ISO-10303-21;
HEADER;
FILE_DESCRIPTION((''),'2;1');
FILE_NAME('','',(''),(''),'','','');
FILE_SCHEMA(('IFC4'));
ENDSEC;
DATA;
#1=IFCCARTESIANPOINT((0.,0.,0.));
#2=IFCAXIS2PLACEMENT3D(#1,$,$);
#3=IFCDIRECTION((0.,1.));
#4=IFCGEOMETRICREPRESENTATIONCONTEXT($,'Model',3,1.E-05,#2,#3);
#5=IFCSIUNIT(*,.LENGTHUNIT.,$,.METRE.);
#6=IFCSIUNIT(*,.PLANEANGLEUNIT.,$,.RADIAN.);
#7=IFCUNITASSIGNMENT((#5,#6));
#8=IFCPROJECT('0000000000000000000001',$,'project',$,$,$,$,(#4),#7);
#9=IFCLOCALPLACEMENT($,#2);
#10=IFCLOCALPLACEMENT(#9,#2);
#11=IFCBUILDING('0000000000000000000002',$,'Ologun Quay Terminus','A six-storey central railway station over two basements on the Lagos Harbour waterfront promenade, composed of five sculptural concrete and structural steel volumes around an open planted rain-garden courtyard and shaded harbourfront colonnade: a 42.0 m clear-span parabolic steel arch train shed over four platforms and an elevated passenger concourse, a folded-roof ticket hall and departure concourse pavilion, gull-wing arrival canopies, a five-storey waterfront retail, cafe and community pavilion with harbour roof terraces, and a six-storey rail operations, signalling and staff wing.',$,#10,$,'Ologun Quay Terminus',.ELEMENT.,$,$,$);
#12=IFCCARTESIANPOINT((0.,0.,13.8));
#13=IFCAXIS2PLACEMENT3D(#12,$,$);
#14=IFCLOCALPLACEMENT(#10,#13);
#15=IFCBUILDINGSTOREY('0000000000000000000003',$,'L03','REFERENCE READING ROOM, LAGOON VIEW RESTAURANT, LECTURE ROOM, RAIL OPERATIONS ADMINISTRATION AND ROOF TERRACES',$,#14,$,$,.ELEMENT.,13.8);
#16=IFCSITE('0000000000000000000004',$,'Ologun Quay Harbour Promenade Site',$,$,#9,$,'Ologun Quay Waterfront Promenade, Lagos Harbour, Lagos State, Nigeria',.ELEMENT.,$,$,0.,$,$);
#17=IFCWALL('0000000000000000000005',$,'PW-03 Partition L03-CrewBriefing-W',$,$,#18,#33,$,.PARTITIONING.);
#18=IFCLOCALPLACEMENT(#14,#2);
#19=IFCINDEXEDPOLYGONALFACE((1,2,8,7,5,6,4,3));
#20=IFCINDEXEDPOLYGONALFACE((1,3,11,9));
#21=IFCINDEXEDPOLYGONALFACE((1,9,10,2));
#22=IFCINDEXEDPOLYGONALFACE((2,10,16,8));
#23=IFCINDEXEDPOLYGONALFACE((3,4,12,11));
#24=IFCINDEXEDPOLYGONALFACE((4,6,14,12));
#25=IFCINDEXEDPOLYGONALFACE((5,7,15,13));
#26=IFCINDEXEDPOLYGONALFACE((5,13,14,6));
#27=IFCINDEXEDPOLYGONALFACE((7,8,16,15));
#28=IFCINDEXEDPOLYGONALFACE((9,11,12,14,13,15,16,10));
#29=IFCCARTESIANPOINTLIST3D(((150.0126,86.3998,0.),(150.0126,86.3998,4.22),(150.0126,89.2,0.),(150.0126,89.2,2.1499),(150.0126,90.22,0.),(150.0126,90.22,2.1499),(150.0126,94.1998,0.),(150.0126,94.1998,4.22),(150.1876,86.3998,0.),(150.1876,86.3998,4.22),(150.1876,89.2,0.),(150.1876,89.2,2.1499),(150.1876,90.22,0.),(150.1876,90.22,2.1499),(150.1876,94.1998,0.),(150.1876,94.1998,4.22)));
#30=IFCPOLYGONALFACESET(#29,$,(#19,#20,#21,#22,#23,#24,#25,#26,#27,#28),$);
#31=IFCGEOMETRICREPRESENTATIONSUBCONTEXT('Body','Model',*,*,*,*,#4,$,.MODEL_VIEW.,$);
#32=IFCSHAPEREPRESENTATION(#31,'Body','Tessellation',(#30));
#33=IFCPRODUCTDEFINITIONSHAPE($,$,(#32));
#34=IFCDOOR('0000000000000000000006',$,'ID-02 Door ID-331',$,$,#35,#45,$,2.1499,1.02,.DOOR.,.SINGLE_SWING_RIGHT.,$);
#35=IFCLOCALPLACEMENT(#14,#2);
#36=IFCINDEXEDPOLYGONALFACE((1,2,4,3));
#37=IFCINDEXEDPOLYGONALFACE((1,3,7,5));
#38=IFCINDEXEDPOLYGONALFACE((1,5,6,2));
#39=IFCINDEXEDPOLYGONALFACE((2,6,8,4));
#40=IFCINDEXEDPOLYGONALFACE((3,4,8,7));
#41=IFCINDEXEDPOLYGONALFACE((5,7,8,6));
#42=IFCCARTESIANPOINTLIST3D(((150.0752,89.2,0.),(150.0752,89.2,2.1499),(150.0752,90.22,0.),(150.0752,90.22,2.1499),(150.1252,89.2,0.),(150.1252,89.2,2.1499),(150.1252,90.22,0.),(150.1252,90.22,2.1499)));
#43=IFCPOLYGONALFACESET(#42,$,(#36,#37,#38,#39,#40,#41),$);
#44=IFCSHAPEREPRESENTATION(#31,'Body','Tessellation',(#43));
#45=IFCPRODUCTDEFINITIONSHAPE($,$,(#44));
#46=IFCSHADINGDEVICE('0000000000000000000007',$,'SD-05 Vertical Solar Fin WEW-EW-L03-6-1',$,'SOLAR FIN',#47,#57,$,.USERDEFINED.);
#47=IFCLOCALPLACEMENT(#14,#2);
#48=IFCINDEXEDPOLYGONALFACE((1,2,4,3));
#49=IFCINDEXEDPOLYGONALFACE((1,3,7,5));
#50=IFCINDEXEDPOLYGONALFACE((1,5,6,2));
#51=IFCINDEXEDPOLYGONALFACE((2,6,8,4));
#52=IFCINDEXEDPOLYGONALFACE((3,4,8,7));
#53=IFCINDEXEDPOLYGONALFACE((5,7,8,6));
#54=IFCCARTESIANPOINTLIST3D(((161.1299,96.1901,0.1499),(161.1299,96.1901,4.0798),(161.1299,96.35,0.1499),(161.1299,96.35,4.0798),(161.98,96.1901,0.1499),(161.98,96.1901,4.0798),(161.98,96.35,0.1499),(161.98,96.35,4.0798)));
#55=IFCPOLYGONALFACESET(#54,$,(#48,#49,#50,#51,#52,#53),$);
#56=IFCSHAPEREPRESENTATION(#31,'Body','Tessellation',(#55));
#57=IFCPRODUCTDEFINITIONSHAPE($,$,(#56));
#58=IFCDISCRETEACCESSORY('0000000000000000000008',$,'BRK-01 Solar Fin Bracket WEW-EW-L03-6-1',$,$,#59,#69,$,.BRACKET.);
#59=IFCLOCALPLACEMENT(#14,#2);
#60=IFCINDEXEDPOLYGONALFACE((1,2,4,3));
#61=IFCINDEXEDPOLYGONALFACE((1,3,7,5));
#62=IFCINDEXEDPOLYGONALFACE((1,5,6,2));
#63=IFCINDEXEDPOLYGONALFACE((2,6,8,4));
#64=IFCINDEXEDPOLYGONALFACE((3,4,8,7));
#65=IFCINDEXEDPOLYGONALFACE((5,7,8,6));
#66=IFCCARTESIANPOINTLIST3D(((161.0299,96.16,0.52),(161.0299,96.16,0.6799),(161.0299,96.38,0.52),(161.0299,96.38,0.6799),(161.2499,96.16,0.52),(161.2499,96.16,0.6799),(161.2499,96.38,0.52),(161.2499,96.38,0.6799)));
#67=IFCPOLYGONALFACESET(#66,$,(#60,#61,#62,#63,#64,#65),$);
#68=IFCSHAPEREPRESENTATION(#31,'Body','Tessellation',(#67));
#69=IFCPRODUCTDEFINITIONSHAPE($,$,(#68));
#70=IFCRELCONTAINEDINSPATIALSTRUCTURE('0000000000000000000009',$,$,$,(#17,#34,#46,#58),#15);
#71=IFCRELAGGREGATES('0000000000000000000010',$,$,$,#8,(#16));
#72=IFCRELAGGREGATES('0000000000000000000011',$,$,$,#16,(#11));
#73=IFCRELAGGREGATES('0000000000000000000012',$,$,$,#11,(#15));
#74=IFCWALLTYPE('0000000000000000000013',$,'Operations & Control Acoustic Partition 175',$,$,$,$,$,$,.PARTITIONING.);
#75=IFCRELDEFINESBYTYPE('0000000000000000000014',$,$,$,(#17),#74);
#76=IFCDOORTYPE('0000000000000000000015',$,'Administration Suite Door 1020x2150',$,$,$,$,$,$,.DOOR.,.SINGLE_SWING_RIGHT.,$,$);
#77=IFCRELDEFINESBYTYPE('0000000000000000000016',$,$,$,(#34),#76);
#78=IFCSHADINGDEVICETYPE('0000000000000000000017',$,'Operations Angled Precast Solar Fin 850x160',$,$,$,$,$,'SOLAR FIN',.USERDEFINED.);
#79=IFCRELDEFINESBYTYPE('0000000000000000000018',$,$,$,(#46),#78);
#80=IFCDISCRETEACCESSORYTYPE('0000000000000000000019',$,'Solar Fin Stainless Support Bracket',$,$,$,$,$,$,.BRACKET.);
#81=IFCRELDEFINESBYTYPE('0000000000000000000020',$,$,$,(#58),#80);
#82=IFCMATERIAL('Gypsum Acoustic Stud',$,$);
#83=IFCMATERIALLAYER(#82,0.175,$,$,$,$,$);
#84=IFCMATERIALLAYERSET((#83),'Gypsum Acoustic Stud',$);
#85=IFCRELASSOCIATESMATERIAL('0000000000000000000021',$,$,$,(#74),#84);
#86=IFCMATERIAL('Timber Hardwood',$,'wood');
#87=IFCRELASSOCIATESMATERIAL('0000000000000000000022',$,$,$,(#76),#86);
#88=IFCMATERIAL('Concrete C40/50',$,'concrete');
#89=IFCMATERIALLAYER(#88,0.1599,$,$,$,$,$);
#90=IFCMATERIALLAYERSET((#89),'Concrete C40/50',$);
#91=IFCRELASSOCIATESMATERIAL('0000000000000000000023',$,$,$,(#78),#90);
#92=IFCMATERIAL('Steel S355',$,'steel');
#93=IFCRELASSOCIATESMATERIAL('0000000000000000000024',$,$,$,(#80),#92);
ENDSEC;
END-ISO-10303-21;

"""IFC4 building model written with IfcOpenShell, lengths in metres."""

from ifc_helpers import new_model, si_unit, direction, frame, frame_2d, origin, origin_2d, place, context, subcontext, project, spatial, rectangle, extrude, material, layer, layer_set, type_object, element, fill, save


model = new_model("IFC4")

# Units and contexts
model_context = context("Model", 3, precision=1e-05, world=origin(), true_north=direction((0.0, 1.0)))
body_context = subcontext(model_context, "Body", "Model", "MODEL_VIEW")
ifc_project = project(units=[si_unit("LENGTHUNIT", "METRE"), si_unit("PLANEANGLEUNIT", "RADIAN")], contexts=[model_context])

# Site, building, storey
site_placement = place(None, origin())
site = spatial("IfcSite", under=ifc_project, at=site_placement, Name="Ologun Quay Harbour Promenade Site", LongName="Ologun Quay Waterfront Promenade, Lagos Harbour, Lagos State, Nigeria", CompositionType="ELEMENT", RefElevation=0.0)
building_placement = place(site_placement, origin())
building = spatial("IfcBuilding", under=site, at=building_placement, Name="Ologun Quay Terminus", Description="A six-storey central railway station over two basements on the Lagos Harbour waterfront promenade, composed of five sculptural concrete and structural steel volumes around an open planted rain-garden courtyard and shaded harbourfront colonnade: a 42.0 m clear-span parabolic steel arch train shed over four platforms and an elevated passenger concourse, a folded-roof ticket hall and departure concourse pavilion, gull-wing arrival canopies, a five-storey waterfront retail, cafe and community pavilion with harbour roof terraces, and a six-storey rail operations, signalling and staff wing.", LongName="Ologun Quay Terminus", CompositionType="ELEMENT")
storey_placement = place(building_placement, frame((0.0, 0.0, 13.8)))
storey = spatial("IfcBuildingStorey", under=building, at=storey_placement, Name="L03", Description="REFERENCE READING ROOM, LAGOON VIEW RESTAURANT, LECTURE ROOM, RAIL OPERATIONS ADMINISTRATION AND ROOF TERRACES", CompositionType="ELEMENT", Elevation=13.8)

# Wall, opening, door
ifc_material_1 = material(Name="Gypsum Acoustic Stud")
ifc_layer_1 = layer(ifc_material_1, 0.175)
ifc_layer_set_1 = layer_set([ifc_layer_1], Name="Gypsum Acoustic Stud")
wall_type_1 = type_object("IfcWallType", Name="Operations & Control Acoustic Partition 175", PredefinedType="PARTITIONING", material=ifc_layer_set_1)
wall_1_placement = place(storey_placement, frame((150.1001, 86.3999, 0.0), z_axis=(0.0, 0.0, 1.0), x_axis=(0.0, 1.0, 0.0)))
wall_1 = element("IfcWall", 1, at=wall_1_placement, inside=storey, type_object=wall_type_1, Name="PW-03 Partition L03-CrewBriefing-W", PredefinedType="PARTITIONING", context=body_context, shape_type="SweptSolid", body=[
    extrude(rectangle(XDim=7.8, YDim=0.175, at=frame_2d((3.8999, 0.0))), origin(), (0.0, 0.0, 1.0), 4.22),
])
opening_1_placement = place(wall_1_placement, frame((2.8, 0.0, 0.0)))
opening_1 = element("IfcOpeningElement", 2, at=opening_1_placement, cuts=wall_1, PredefinedType="OPENING", context=body_context, shape_type="SweptSolid", body=[
    extrude(rectangle(XDim=1.02, YDim=2.1499, at=frame_2d((0.51, 1.075))), frame((0.0, 0.0977, 0.0), z_axis=(0.0, -1.0, 0.0), x_axis=(1.0, 0.0, 0.0)), (0.0, 0.0, 1.0), 0.1951),
])
ifc_material_2 = material(Name="Timber Hardwood", Category="wood")
door_type_1 = type_object("IfcDoorType", Name="Administration Suite Door 1020x2150", OperationType="SINGLE_SWING_RIGHT", PredefinedType="DOOR", material=ifc_material_2)
door_1_placement = place(opening_1_placement, origin())
door_1 = element("IfcDoor", 3, at=door_1_placement, inside=storey, type_object=door_type_1, Name="ID-02 Door ID-331", OperationType="SINGLE_SWING_RIGHT", OverallHeight=2.1499, OverallWidth=1.02, PredefinedType="DOOR", context=body_context, shape_type="SweptSolid", body=[
    extrude(rectangle(XDim=1.02, YDim=2.1499, at=frame_2d((0.51, 1.075))), frame((0.0, 0.0249, 0.0), z_axis=(0.0, -1.0, 0.0), x_axis=(1.0, 0.0, 0.0)), (0.0, 0.0, 1.0), 0.05),
])
fill(opening_1, door_1)

# Shading device
ifc_material_3 = material(Name="Concrete C40/50", Category="concrete")
ifc_layer_2 = layer(ifc_material_3, 0.1599)
ifc_layer_set_2 = layer_set([ifc_layer_2], Name="Concrete C40/50")
shading_device_type = type_object("IfcShadingDeviceType", Name="Operations Angled Precast Solar Fin 850x160", ElementType="SOLAR FIN", PredefinedType="USERDEFINED", material=ifc_layer_set_2)
shading_device_placement = place(storey_placement, frame((161.5549, 96.27, 0.1499), z_axis=(0.0, 0.0, 1.0), x_axis=(1.0, 0.0, 0.0)))
element("IfcShadingDevice", 4, at=shading_device_placement, inside=storey, type_object=shading_device_type, Name="SD-05 Vertical Solar Fin WEW-EW-L03-6-1", ObjectType="SOLAR FIN", PredefinedType="USERDEFINED", context=body_context, shape_type="SweptSolid", body=[
    extrude(rectangle(XDim=0.8501, YDim=0.1599, at=origin_2d()), origin(), (0.0, 0.0, 1.0), 3.9299),
])

# Discrete accessory
ifc_material_4 = material(Name="Steel S355", Category="steel")
discrete_accessory_type = type_object("IfcDiscreteAccessoryType", Name="Solar Fin Stainless Support Bracket", PredefinedType="BRACKET", material=ifc_material_4)
discrete_accessory_placement = place(storey_placement, frame((161.1399, 96.27, 0.52), z_axis=(0.0, 0.0, 1.0), x_axis=(1.0, 0.0, 0.0)))
element("IfcDiscreteAccessory", 5, at=discrete_accessory_placement, inside=storey, type_object=discrete_accessory_type, Name="BRK-01 Solar Fin Bracket WEW-EW-L03-6-1", PredefinedType="BRACKET", context=body_context, shape_type="SweptSolid", body=[
    extrude(rectangle(XDim=0.22, YDim=0.22, at=origin_2d()), origin(), (0.0, 0.0, 1.0), 0.1599),
])

save(model, "model.ifc")
